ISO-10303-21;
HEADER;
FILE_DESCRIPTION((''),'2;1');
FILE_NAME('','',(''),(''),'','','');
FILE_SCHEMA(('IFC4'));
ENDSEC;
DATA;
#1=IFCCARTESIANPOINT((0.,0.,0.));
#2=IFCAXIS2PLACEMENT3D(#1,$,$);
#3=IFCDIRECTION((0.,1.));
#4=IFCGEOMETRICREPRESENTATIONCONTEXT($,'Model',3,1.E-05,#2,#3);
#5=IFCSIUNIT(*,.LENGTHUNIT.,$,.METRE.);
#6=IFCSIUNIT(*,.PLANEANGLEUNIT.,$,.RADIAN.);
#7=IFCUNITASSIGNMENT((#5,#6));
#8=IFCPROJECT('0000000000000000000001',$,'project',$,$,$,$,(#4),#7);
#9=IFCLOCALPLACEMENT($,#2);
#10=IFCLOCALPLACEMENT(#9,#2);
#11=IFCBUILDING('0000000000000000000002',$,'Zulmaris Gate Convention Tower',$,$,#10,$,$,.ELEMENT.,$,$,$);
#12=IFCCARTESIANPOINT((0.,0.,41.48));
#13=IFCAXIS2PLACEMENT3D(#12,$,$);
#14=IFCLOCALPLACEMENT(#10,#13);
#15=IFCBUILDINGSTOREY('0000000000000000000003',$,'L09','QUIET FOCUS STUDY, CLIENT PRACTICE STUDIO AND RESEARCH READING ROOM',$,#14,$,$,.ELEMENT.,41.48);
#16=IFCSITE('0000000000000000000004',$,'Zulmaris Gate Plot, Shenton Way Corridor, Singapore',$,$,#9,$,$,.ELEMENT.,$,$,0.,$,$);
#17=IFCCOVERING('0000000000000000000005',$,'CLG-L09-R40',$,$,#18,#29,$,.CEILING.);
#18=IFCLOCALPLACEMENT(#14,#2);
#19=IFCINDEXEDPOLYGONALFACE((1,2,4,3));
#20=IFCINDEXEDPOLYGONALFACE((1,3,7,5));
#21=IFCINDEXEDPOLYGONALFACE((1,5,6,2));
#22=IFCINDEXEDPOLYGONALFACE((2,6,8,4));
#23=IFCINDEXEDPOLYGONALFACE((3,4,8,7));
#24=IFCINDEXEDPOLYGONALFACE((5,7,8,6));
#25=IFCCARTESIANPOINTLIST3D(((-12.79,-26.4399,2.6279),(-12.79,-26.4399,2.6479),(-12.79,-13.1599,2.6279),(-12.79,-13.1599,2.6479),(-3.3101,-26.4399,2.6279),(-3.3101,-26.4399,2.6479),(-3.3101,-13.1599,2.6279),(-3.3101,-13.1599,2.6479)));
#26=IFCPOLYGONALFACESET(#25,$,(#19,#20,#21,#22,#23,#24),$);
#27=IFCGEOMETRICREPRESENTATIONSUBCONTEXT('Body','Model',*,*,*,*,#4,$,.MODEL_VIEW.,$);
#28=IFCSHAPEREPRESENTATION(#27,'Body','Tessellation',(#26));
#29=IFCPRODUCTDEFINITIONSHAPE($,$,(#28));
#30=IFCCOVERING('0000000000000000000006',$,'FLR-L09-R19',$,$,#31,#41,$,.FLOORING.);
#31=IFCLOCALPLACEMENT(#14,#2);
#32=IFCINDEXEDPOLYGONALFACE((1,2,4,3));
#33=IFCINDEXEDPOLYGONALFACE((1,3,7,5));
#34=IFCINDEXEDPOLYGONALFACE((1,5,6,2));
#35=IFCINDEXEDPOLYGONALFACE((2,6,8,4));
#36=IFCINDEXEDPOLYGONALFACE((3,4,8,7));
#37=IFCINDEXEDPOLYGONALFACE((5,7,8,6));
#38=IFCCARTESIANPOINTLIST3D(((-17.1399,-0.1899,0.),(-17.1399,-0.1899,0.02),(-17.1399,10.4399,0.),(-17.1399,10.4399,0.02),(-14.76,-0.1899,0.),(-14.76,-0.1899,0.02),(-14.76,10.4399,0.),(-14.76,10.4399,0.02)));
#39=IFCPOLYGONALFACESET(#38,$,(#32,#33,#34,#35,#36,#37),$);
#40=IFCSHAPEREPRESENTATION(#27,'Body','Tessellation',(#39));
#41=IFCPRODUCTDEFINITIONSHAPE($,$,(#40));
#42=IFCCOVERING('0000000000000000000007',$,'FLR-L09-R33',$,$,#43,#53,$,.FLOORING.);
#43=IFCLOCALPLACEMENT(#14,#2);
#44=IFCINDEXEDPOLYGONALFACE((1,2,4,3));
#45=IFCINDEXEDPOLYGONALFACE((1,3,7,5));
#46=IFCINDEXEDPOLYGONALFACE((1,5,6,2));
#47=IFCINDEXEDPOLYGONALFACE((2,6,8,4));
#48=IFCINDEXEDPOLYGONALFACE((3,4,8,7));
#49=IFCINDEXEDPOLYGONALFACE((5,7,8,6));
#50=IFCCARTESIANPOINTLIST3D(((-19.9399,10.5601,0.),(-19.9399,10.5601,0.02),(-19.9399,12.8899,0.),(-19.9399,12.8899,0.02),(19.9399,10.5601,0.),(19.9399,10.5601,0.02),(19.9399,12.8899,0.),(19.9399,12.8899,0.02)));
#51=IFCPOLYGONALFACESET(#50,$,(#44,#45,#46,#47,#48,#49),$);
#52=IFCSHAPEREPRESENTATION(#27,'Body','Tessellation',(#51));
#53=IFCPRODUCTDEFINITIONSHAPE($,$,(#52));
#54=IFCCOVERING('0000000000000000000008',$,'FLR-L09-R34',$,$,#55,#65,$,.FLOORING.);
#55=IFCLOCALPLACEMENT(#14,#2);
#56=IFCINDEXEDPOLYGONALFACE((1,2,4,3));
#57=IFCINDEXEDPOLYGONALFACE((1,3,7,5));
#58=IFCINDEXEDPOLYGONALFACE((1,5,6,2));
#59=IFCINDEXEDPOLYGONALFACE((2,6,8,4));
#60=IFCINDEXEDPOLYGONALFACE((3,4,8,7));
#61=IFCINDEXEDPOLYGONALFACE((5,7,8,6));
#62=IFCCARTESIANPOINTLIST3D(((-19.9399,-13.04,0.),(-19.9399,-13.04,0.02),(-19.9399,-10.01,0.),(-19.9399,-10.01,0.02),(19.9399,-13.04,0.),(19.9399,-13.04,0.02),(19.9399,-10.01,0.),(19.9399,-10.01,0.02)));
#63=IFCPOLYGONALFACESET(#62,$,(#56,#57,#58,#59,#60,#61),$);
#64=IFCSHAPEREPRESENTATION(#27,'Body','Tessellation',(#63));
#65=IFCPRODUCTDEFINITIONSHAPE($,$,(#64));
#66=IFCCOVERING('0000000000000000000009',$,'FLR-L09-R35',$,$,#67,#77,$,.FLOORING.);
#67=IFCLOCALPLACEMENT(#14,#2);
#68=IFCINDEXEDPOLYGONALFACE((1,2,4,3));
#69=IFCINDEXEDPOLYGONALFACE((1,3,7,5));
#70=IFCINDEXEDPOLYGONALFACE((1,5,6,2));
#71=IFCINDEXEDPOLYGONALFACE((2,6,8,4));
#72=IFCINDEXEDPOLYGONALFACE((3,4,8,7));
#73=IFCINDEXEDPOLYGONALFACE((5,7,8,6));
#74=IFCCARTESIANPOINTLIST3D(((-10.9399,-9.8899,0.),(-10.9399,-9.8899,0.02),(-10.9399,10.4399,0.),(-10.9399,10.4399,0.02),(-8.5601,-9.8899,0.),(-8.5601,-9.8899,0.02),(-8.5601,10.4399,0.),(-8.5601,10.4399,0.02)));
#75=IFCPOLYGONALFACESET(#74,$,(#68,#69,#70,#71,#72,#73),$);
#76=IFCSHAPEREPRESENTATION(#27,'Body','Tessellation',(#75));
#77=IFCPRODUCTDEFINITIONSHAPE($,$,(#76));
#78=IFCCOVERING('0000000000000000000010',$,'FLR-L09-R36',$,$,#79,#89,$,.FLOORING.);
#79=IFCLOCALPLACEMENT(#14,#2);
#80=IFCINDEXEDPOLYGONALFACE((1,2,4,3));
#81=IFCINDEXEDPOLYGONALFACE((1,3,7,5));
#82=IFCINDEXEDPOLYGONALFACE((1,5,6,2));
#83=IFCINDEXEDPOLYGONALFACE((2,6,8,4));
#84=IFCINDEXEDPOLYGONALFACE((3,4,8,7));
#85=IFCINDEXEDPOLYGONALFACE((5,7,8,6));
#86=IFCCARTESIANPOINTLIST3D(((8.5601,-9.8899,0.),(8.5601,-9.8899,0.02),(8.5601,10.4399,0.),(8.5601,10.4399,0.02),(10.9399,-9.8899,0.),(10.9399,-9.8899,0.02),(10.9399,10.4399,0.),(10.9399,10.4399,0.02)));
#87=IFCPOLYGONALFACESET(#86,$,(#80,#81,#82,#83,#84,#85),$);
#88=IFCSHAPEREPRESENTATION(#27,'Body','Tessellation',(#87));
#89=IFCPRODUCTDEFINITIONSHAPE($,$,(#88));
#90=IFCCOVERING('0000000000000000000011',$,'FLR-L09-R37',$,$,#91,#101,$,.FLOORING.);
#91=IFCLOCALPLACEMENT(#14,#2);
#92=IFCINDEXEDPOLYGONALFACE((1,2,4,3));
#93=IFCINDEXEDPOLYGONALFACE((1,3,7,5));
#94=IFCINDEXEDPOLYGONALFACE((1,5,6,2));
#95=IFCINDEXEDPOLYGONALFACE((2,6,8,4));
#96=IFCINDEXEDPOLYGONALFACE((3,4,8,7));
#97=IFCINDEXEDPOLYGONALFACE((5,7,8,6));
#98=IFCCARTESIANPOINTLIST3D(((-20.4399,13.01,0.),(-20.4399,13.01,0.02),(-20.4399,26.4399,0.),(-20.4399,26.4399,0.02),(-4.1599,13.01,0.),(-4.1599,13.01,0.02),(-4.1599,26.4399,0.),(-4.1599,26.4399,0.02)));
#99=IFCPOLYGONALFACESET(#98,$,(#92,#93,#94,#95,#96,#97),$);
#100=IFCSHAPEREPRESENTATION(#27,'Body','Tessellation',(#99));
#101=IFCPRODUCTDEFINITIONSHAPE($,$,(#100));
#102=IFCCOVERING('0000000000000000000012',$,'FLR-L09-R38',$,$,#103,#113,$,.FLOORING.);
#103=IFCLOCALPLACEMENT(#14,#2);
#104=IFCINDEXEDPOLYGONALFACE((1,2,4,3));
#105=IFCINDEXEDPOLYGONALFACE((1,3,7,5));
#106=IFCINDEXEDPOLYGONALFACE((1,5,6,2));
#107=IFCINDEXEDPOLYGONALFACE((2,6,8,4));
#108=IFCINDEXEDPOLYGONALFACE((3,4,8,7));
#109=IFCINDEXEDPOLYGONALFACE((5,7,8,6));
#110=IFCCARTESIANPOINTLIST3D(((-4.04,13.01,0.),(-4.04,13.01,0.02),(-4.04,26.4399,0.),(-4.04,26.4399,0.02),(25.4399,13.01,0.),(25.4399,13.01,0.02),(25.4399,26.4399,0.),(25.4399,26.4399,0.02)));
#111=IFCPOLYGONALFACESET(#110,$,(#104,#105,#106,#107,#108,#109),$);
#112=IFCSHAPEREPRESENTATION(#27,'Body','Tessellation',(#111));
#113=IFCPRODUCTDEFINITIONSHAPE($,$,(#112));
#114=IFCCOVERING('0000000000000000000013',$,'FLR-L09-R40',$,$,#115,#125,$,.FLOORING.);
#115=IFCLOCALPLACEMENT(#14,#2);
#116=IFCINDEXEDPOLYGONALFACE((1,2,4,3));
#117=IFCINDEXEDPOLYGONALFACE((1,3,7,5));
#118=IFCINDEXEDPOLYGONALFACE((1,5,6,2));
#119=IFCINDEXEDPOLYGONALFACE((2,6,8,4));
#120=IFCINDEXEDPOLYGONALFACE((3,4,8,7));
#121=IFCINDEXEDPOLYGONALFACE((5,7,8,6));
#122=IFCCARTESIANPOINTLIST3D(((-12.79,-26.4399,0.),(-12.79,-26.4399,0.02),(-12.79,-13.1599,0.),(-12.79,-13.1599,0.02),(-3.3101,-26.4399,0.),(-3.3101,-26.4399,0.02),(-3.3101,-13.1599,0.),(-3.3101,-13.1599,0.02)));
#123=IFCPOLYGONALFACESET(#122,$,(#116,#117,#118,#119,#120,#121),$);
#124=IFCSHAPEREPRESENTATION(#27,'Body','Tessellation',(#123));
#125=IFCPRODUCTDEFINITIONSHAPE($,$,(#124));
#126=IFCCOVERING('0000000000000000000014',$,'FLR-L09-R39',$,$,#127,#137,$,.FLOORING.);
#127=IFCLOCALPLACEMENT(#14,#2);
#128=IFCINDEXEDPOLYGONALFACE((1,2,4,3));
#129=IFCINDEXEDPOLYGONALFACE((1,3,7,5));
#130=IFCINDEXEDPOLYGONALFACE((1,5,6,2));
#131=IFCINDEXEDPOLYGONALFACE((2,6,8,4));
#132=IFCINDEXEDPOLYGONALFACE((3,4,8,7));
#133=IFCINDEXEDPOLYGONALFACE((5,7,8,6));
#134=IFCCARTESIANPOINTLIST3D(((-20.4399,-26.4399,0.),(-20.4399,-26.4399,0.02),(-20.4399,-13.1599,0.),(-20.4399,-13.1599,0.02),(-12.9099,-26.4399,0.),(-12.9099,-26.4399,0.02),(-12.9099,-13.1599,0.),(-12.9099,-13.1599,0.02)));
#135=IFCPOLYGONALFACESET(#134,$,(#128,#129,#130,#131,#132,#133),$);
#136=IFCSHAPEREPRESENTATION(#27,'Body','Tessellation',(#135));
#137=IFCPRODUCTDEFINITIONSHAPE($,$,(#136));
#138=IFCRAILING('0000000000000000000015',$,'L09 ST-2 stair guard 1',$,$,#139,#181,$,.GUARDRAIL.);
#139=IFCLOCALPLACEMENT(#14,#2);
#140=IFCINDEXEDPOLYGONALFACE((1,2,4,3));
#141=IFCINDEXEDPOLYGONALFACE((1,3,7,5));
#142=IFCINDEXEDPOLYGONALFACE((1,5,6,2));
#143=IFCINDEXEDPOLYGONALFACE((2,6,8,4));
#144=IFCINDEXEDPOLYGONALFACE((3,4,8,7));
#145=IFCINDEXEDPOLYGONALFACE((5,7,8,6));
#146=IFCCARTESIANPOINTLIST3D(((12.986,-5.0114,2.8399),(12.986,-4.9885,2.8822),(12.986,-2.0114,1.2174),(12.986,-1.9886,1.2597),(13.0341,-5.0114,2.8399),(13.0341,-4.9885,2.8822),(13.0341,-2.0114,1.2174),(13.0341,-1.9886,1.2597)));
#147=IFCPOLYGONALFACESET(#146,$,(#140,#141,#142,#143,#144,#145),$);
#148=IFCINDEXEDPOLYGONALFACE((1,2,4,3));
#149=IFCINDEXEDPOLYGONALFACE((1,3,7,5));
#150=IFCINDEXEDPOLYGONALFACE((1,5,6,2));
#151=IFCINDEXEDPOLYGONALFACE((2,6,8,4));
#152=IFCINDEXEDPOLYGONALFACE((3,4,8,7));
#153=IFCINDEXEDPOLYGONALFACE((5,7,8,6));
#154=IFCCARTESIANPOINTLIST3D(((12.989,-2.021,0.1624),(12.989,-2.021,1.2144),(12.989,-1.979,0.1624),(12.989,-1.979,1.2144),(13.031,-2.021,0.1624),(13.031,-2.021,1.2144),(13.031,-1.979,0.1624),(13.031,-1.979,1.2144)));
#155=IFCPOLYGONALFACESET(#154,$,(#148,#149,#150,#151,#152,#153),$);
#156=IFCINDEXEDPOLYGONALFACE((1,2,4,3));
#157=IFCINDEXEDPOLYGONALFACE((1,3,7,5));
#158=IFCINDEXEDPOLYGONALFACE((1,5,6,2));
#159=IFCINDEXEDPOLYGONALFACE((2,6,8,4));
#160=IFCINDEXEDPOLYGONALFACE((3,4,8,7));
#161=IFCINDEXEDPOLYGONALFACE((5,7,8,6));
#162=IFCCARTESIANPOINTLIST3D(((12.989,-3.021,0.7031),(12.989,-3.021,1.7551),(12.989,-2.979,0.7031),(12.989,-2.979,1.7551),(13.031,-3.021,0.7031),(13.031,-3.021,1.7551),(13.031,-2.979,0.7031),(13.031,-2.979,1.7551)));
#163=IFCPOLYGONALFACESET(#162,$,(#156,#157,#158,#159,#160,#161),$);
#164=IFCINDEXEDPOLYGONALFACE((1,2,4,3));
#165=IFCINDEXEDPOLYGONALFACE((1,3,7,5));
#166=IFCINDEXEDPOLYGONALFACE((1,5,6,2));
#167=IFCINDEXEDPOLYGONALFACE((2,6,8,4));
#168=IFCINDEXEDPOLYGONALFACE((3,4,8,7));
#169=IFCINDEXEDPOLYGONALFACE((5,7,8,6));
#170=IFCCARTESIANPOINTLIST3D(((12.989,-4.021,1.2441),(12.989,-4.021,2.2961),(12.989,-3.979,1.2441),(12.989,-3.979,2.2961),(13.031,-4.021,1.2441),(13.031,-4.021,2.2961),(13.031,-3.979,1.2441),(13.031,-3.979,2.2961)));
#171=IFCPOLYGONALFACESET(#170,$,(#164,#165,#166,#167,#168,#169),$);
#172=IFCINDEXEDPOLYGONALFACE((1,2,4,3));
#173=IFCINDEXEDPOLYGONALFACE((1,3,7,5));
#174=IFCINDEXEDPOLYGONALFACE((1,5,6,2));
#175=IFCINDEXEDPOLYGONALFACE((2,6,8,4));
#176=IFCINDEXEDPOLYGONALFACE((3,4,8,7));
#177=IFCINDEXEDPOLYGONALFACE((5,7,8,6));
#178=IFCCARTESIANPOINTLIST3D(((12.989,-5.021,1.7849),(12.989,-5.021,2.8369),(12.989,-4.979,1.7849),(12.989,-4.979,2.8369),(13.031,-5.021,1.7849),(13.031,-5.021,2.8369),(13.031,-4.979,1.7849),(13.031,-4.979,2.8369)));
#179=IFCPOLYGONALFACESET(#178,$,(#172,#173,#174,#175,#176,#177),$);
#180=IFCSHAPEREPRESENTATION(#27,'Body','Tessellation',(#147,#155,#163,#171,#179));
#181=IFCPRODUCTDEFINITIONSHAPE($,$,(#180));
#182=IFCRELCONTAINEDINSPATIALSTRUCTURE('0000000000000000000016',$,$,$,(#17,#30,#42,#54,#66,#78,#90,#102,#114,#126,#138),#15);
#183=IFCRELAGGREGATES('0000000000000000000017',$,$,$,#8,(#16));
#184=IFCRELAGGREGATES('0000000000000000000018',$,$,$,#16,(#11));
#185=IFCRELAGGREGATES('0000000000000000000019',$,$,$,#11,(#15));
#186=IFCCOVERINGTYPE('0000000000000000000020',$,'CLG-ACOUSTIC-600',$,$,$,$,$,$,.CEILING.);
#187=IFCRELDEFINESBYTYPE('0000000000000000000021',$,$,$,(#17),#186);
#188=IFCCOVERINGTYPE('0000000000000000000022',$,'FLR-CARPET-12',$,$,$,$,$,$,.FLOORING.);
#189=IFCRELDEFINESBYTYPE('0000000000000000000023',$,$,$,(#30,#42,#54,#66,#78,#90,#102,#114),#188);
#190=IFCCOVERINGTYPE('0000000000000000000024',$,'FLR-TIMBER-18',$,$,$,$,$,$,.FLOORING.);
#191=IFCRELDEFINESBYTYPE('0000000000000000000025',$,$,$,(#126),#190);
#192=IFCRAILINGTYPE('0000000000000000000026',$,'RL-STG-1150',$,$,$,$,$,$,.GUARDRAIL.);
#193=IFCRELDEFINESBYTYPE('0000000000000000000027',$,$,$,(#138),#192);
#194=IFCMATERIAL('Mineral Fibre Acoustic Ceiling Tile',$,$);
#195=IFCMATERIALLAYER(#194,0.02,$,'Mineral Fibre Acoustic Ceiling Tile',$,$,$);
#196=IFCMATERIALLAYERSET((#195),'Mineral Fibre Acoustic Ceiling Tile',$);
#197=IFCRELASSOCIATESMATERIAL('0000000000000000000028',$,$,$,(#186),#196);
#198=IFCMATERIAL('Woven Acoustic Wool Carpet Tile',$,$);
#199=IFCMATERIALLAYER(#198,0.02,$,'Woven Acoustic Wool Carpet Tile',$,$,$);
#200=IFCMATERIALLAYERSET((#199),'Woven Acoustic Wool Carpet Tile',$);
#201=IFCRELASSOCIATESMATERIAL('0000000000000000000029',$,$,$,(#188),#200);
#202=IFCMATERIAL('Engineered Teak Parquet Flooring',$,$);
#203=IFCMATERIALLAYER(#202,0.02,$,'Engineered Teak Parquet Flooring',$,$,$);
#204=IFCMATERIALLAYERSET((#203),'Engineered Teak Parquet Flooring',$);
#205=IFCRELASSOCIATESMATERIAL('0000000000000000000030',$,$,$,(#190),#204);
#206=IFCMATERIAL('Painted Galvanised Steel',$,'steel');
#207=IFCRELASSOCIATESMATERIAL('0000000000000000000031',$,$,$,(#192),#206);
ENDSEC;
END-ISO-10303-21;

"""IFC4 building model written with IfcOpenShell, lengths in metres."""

from ifc_helpers import new_model, si_unit, direction, frame, origin, origin_2d, place, context, subcontext, project, spatial, polyline, rectangle, outline, extrude, material, layer, layer_set, type_object, element, save


model = new_model("IFC4")

# Units and contexts
model_context = context("Model", 3, precision=1e-05, world=origin(), true_north=direction((0.0, 1.0)))
body_context = subcontext(model_context, "Body", "Model", "MODEL_VIEW")
ifc_project = project(units=[si_unit("LENGTHUNIT", "METRE"), si_unit("PLANEANGLEUNIT", "RADIAN")], contexts=[model_context])

# Site, building, storey
site_placement = place(None, origin())
site = spatial("IfcSite", under=ifc_project, at=site_placement, Name="Zulmaris Gate Plot, Shenton Way Corridor, Singapore", CompositionType="ELEMENT", RefElevation=0.0)
building_placement = place(site_placement, origin())
building = spatial("IfcBuilding", under=site, at=building_placement, Name="Zulmaris Gate Convention Tower", CompositionType="ELEMENT")
storey_placement = place(building_placement, frame((0.0, 0.0, 41.48)))
storey = spatial("IfcBuildingStorey", under=building, at=storey_placement, Name="L09", Description="QUIET FOCUS STUDY, CLIENT PRACTICE STUDIO AND RESEARCH READING ROOM", CompositionType="ELEMENT", Elevation=41.48)

# Coverings
ifc_material_1 = material(Name="Mineral Fibre Acoustic Ceiling Tile")
ifc_layer_1 = layer(ifc_material_1, 0.02, Name="Mineral Fibre Acoustic Ceiling Tile")
ifc_layer_set_1 = layer_set([ifc_layer_1], Name="Mineral Fibre Acoustic Ceiling Tile")
covering_type_1 = type_object("IfcCoveringType", Name="CLG-ACOUSTIC-600", PredefinedType="CEILING", material=ifc_layer_set_1)
covering_1_placement = place(storey_placement, frame((0.0, 0.0, 2.6279)))
element("IfcCovering", 1, at=covering_1_placement, inside=storey, type_object=covering_type_1, Name="CLG-L09-R40", PredefinedType="CEILING", context=body_context, shape_type="SweptSolid", body=[
    extrude(outline(polyline([(-12.79, -26.4399), (-3.3101, -26.4399), (-3.3101, -13.1599), (-12.79, -13.1599), (-12.79, -26.4399)])), origin(), (0.0, 0.0, 1.0), 0.02),
])
ifc_material_2 = material(Name="Woven Acoustic Wool Carpet Tile")
ifc_layer_2 = layer(ifc_material_2, 0.02, Name="Woven Acoustic Wool Carpet Tile")
ifc_layer_set_2 = layer_set([ifc_layer_2], Name="Woven Acoustic Wool Carpet Tile")
covering_type_2 = type_object("IfcCoveringType", Name="FLR-CARPET-12", PredefinedType="FLOORING", material=ifc_layer_set_2)
covering_2_placement = place(storey_placement, origin())
element("IfcCovering", 2, at=covering_2_placement, inside=storey, type_object=covering_type_2, Name="FLR-L09-R19", PredefinedType="FLOORING", context=body_context, shape_type="SweptSolid", body=[
    extrude(outline(polyline([(-17.1399, -0.1899), (-14.76, -0.1899), (-14.76, 10.4399), (-17.1399, 10.4399), (-17.1399, -0.1899)])), origin(), (0.0, 0.0, 1.0), 0.02),
])
covering_3_placement = place(storey_placement, origin())
element("IfcCovering", 3, at=covering_3_placement, inside=storey, type_object=covering_type_2, Name="FLR-L09-R33", PredefinedType="FLOORING", context=body_context, shape_type="SweptSolid", body=[
    extrude(outline(polyline([(-19.9399, 10.5601), (19.9399, 10.5601), (19.9399, 12.8899), (-19.9399, 12.8899), (-19.9399, 10.5601)])), origin(), (0.0, 0.0, 1.0), 0.02),
])
covering_4_placement = place(storey_placement, origin())
element("IfcCovering", 4, at=covering_4_placement, inside=storey, type_object=covering_type_2, Name="FLR-L09-R34", PredefinedType="FLOORING", context=body_context, shape_type="SweptSolid", body=[
    extrude(outline(polyline([(-19.9399, -13.04), (19.9399, -13.04), (19.9399, -10.01), (-19.9399, -10.01), (-19.9399, -13.04)])), origin(), (0.0, 0.0, 1.0), 0.02),
])
covering_5_placement = place(storey_placement, origin())
element("IfcCovering", 5, at=covering_5_placement, inside=storey, type_object=covering_type_2, Name="FLR-L09-R35", PredefinedType="FLOORING", context=body_context, shape_type="SweptSolid", body=[
    extrude(outline(polyline([(-10.9399, -9.8899), (-8.5601, -9.8899), (-8.5601, 10.4399), (-10.9399, 10.4399), (-10.9399, -9.8899)])), origin(), (0.0, 0.0, 1.0), 0.02),
])
covering_6_placement = place(storey_placement, origin())
element("IfcCovering", 6, at=covering_6_placement, inside=storey, type_object=covering_type_2, Name="FLR-L09-R36", PredefinedType="FLOORING", context=body_context, shape_type="SweptSolid", body=[
    extrude(outline(polyline([(8.5601, -9.8899), (10.9399, -9.8899), (10.9399, 10.4399), (8.5601, 10.4399), (8.5601, -9.8899)])), origin(), (0.0, 0.0, 1.0), 0.02),
])
covering_7_placement = place(storey_placement, origin())
element("IfcCovering", 7, at=covering_7_placement, inside=storey, type_object=covering_type_2, Name="FLR-L09-R37", PredefinedType="FLOORING", context=body_context, shape_type="SweptSolid", body=[
    extrude(outline(polyline([(-20.4399, 13.01), (-4.1599, 13.01), (-4.1599, 26.4399), (-20.4399, 26.4399), (-20.4399, 13.01)])), origin(), (0.0, 0.0, 1.0), 0.02),
])
covering_8_placement = place(storey_placement, origin())
element("IfcCovering", 8, at=covering_8_placement, inside=storey, type_object=covering_type_2, Name="FLR-L09-R38", PredefinedType="FLOORING", context=body_context, shape_type="SweptSolid", body=[
    extrude(outline(polyline([(-4.04, 13.01), (25.4399, 13.01), (25.4399, 26.4399), (-4.04, 26.4399), (-4.04, 13.01)])), origin(), (0.0, 0.0, 1.0), 0.02),
])
covering_9_placement = place(storey_placement, origin())
element("IfcCovering", 9, at=covering_9_placement, inside=storey, type_object=covering_type_2, Name="FLR-L09-R40", PredefinedType="FLOORING", context=body_context, shape_type="SweptSolid", body=[
    extrude(outline(polyline([(-12.79, -26.4399), (-3.3101, -26.4399), (-3.3101, -13.1599), (-12.79, -13.1599), (-12.79, -26.4399)])), origin(), (0.0, 0.0, 1.0), 0.02),
])
ifc_material_3 = material(Name="Engineered Teak Parquet Flooring")
ifc_layer_3 = layer(ifc_material_3, 0.02, Name="Engineered Teak Parquet Flooring")
ifc_layer_set_3 = layer_set([ifc_layer_3], Name="Engineered Teak Parquet Flooring")
covering_type_3 = type_object("IfcCoveringType", Name="FLR-TIMBER-18", PredefinedType="FLOORING", material=ifc_layer_set_3)
covering_10_placement = place(storey_placement, origin())
element("IfcCovering", 10, at=covering_10_placement, inside=storey, type_object=covering_type_3, Name="FLR-L09-R39", PredefinedType="FLOORING", context=body_context, shape_type="SweptSolid", body=[
    extrude(outline(polyline([(-20.4399, -26.4399), (-12.9099, -26.4399), (-12.9099, -13.1599), (-20.4399, -13.1599), (-20.4399, -26.4399)])), origin(), (0.0, 0.0, 1.0), 0.02),
])

# Railing
ifc_material_4 = material(Name="Painted Galvanised Steel", Category="steel")
railing_type = type_object("IfcRailingType", Name="RL-STG-1150", PredefinedType="GUARDRAIL", material=ifc_material_4)
railing_1_placement = place(storey_placement, frame((13.01, -2.0, 0.1624)))
element("IfcRailing", 11, at=railing_1_placement, inside=storey, type_object=railing_type, Name="L09 ST-2 stair guard 1", PredefinedType="GUARDRAIL", context=body_context, shape_type="SweptSolid", body=[
    extrude(rectangle(XDim=0.0481, YDim=0.0481, at=origin_2d()), frame((0.0, 0.0, 1.0762), z_axis=(0.0, -0.879592, 0.47573), x_axis=(1.0, 0.0, 0.0)), (0.0, 0.0, 1.0), 3.4106),
    extrude(rectangle(XDim=0.042, YDim=0.042, at=origin_2d()), origin(), (0.0, 0.0, 1.0), 1.052),
    extrude(rectangle(XDim=0.042, YDim=0.042, at=origin_2d()), frame((0.0, -1.0, 0.5408)), (0.0, 0.0, 1.0), 1.052),
    extrude(rectangle(XDim=0.042, YDim=0.042, at=origin_2d()), frame((0.0, -2.0, 1.0818)), (0.0, 0.0, 1.0), 1.052),
    extrude(rectangle(XDim=0.042, YDim=0.042, at=origin_2d()), frame((0.0, -3.0, 1.6226)), (0.0, 0.0, 1.0), 1.052),
])

save(model, "model.ifc")
